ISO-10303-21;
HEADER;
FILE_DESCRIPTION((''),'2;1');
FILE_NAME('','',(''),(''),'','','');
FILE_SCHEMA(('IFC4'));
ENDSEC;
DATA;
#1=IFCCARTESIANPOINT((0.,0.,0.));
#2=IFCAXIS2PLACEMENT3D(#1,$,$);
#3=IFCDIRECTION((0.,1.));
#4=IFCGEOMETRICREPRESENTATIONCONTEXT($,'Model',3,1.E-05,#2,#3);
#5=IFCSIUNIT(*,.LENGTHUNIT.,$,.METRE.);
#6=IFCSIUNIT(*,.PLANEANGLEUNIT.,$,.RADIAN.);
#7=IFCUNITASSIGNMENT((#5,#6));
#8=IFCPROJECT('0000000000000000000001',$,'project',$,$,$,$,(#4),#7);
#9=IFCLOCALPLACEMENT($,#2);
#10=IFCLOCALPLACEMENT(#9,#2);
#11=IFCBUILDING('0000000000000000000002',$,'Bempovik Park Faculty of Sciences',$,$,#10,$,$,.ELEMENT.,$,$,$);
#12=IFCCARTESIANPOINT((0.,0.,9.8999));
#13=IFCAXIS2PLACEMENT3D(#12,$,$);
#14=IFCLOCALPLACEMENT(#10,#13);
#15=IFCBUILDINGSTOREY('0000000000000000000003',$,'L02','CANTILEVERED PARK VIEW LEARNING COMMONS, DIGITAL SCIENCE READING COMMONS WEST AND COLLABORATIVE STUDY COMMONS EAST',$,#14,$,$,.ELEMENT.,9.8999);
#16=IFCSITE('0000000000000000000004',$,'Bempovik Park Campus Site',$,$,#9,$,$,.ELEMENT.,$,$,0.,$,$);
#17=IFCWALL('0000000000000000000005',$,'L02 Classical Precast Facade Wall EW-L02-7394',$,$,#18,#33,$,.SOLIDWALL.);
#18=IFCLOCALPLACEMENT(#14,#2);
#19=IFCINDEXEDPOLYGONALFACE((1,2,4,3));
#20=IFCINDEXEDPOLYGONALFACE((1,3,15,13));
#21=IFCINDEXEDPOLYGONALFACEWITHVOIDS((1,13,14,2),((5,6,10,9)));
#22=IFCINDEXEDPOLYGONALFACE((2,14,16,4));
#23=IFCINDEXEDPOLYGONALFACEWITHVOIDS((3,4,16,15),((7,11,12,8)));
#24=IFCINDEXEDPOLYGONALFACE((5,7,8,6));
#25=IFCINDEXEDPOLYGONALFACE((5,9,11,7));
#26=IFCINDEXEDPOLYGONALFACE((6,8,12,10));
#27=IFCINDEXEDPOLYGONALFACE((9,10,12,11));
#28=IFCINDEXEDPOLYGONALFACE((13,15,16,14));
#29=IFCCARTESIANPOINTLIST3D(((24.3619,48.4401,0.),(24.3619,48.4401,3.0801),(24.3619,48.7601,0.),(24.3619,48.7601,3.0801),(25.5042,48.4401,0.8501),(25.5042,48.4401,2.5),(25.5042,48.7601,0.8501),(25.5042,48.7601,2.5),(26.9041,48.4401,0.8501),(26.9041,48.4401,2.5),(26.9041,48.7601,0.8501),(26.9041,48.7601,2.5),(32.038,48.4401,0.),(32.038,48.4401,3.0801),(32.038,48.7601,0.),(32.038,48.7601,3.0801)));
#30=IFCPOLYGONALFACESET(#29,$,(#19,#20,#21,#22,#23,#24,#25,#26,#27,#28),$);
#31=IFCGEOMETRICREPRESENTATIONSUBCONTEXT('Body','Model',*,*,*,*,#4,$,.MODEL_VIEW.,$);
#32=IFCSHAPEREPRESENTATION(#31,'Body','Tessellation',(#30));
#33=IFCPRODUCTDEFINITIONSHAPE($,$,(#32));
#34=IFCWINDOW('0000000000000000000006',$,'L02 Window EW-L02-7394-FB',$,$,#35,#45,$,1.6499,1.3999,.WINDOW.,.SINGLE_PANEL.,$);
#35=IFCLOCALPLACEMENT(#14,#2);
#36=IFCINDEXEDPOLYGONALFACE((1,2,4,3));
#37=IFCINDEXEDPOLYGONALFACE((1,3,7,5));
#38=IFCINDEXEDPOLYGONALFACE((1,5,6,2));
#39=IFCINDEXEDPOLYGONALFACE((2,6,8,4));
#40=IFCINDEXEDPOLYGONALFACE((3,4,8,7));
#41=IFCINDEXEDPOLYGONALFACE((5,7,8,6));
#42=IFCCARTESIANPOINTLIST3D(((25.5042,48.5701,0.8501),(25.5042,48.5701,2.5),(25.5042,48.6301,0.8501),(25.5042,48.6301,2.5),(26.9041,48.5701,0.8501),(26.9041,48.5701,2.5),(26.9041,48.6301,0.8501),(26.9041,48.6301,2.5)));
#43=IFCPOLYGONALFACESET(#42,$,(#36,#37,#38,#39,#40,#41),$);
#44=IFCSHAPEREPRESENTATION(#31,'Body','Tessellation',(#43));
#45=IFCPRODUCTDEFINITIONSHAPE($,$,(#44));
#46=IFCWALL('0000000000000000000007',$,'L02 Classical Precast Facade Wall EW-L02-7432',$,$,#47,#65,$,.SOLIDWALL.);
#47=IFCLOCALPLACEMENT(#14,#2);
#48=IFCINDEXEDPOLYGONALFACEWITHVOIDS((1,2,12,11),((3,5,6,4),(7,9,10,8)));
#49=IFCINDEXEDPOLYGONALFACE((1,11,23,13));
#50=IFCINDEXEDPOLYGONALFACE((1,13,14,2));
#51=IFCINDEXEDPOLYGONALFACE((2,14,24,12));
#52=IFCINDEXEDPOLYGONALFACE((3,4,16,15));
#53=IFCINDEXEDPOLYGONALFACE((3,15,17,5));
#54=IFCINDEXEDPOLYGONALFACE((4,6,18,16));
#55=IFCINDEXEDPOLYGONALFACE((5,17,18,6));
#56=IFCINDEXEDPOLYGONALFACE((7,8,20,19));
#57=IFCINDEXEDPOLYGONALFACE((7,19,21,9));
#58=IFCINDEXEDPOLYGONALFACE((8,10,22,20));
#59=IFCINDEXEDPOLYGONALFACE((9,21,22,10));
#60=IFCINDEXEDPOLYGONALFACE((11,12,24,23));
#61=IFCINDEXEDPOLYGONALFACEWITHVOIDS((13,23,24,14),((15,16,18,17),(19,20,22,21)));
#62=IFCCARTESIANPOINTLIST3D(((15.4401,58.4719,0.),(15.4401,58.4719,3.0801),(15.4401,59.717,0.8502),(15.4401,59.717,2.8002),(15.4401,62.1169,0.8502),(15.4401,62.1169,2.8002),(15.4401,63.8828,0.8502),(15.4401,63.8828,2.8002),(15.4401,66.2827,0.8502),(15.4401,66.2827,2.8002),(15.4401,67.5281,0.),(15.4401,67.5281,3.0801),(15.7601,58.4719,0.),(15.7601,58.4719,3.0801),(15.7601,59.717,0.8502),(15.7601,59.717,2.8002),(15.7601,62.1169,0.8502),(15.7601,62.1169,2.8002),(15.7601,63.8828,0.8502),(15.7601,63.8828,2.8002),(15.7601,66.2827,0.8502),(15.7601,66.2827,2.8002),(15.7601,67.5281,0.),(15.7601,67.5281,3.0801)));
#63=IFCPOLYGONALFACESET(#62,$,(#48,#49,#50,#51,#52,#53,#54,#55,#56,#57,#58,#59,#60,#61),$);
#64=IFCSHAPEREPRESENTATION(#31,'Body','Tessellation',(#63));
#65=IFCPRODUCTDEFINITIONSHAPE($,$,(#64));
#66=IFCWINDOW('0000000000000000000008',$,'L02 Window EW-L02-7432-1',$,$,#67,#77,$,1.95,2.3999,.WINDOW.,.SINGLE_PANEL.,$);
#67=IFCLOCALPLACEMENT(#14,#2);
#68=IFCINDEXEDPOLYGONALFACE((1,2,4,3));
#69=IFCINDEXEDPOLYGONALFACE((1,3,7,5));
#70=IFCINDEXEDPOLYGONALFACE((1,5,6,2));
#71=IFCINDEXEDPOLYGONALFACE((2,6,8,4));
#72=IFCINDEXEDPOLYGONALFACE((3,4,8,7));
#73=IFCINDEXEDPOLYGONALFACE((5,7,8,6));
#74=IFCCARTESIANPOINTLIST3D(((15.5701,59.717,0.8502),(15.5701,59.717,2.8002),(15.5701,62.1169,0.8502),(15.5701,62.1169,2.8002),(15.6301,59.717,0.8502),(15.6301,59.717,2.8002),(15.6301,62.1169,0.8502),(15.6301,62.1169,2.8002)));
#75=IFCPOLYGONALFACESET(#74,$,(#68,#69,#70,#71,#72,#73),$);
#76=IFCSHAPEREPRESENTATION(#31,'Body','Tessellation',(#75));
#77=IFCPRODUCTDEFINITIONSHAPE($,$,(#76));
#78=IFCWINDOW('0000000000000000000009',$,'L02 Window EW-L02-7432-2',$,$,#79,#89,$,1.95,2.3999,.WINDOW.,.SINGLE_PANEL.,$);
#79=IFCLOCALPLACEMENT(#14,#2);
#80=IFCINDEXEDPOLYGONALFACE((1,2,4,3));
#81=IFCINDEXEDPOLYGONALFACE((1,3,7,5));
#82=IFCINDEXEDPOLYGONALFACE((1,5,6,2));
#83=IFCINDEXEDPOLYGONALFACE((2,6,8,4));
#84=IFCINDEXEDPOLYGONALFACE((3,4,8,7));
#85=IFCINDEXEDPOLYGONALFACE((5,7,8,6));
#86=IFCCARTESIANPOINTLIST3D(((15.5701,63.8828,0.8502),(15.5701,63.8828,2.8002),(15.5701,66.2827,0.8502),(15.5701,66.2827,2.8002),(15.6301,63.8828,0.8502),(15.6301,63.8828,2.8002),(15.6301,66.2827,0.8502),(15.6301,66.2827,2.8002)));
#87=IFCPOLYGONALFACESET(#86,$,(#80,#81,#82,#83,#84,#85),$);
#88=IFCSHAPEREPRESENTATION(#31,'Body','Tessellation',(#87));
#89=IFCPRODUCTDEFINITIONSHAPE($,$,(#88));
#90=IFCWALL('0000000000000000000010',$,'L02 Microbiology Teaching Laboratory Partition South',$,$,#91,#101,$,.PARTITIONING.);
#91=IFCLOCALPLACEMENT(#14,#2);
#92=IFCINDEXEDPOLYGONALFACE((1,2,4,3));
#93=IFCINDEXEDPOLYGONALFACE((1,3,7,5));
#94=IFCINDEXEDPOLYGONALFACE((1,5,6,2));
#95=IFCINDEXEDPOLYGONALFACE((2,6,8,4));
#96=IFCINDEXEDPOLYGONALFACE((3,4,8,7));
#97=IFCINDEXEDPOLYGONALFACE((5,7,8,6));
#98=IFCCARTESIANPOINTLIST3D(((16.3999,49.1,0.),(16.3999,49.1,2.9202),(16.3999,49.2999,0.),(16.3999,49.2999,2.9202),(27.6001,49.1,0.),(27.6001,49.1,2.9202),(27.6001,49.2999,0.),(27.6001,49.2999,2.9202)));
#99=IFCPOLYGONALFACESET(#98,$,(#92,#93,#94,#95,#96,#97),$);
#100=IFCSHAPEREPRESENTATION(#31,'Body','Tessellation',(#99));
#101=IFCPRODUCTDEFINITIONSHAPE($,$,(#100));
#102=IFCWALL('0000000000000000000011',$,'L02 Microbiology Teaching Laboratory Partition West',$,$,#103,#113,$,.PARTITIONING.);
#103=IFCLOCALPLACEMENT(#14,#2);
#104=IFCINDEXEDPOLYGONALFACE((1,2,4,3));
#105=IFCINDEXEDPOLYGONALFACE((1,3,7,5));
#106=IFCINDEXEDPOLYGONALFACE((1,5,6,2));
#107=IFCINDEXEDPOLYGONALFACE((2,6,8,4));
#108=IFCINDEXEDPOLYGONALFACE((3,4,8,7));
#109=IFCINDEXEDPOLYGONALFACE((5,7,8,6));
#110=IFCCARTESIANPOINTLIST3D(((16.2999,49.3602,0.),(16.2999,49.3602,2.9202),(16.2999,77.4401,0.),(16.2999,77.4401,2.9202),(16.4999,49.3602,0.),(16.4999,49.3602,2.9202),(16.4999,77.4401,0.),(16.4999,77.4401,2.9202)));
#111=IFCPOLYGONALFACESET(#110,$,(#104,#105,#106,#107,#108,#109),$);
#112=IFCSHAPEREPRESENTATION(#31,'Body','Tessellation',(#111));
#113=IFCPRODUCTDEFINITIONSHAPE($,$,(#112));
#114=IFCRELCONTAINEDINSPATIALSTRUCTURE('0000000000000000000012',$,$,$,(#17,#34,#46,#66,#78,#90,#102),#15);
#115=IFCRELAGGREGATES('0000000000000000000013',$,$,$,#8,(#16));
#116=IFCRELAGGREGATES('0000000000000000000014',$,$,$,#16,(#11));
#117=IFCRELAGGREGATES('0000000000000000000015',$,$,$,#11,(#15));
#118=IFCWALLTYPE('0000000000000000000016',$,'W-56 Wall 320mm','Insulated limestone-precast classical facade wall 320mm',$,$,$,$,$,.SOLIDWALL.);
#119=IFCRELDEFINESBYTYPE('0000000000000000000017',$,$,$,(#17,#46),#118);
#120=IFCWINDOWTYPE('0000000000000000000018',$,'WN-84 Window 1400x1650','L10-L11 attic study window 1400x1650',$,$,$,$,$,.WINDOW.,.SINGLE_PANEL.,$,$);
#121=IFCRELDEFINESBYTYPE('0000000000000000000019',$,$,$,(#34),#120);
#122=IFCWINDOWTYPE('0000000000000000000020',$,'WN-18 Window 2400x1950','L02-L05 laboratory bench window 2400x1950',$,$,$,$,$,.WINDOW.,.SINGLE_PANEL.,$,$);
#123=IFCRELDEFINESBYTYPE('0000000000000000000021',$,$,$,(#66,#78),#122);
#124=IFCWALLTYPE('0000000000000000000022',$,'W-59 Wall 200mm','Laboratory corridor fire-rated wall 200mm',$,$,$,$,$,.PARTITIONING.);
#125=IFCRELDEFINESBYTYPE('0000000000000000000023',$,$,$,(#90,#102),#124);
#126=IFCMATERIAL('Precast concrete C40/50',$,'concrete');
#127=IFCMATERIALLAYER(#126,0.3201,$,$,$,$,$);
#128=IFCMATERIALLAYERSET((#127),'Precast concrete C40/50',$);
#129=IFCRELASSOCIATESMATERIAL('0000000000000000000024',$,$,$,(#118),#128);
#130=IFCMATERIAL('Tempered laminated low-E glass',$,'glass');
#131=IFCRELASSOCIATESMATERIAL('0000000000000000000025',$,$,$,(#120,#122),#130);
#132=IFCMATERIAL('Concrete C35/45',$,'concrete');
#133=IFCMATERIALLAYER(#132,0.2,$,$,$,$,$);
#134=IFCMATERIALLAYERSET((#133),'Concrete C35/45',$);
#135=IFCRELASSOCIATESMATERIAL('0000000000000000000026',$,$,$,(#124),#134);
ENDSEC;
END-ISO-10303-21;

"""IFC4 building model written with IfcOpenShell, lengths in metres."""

from ifc_helpers import new_model, si_unit, direction, frame, frame_2d, origin, place, context, subcontext, project, spatial, rectangle, extrude, material, layer, layer_set, type_object, element, fill, save


model = new_model("IFC4")

# Units and contexts
model_context = context("Model", 3, precision=1e-05, world=origin(), true_north=direction((0.0, 1.0)))
body_context = subcontext(model_context, "Body", "Model", "MODEL_VIEW")
ifc_project = project(units=[si_unit("LENGTHUNIT", "METRE"), si_unit("PLANEANGLEUNIT", "RADIAN")], contexts=[model_context])

# Site, building, storey
site_placement = place(None, origin())
site = spatial("IfcSite", under=ifc_project, at=site_placement, Name="Bempovik Park Campus Site", CompositionType="ELEMENT", RefElevation=0.0)
building_placement = place(site_placement, origin())
building = spatial("IfcBuilding", under=site, at=building_placement, Name="Bempovik Park Faculty of Sciences", CompositionType="ELEMENT")
storey_placement = place(building_placement, frame((0.0, 0.0, 9.8999)))
storey = spatial("IfcBuildingStorey", under=building, at=storey_placement, Name="L02", Description="CANTILEVERED PARK VIEW LEARNING COMMONS, DIGITAL SCIENCE READING COMMONS WEST AND COLLABORATIVE STUDY COMMONS EAST", CompositionType="ELEMENT", Elevation=9.8999)

# Shared definitions
ifc_material_1 = material(Name="Concrete C35/45", Category="concrete")

# Shared definitions
ifc_material_2 = material(Name="Precast concrete C40/50", Category="concrete")
ifc_layer_1 = layer(ifc_material_2, 0.3201)
ifc_layer_set_1 = layer_set([ifc_layer_1], Name="Precast concrete C40/50")
wall_type_1 = type_object("IfcWallType", Name="W-56 Wall 320mm", Description="Insulated limestone-precast classical facade wall 320mm", PredefinedType="SOLIDWALL", material=ifc_layer_set_1)
ifc_material_3 = material(Name="Tempered laminated low-E glass", Category="glass")

# Wall, opening, window
wall_1_placement = place(storey_placement, frame((24.3621, 48.6001, 0.0), z_axis=(0.0, 0.0, 1.0), x_axis=(1.0, 0.0, 0.0)))
wall_1 = element("IfcWall", 1, at=wall_1_placement, inside=storey, type_object=wall_type_1, Name="L02 Classical Precast Facade Wall EW-L02-7394", PredefinedType="SOLIDWALL", context=body_context, shape_type="SweptSolid", body=[
    extrude(rectangle(XDim=7.676, YDim=0.3201, at=frame_2d((3.8379, 0.0))), origin(), (0.0, 0.0, 1.0), 3.0801),
])
opening_1_placement = place(wall_1_placement, frame((1.1421, 0.0, 0.8501)))
opening_1 = element("IfcOpeningElement", 2, at=opening_1_placement, cuts=wall_1, PredefinedType="OPENING", context=body_context, shape_type="SweptSolid", body=[
    extrude(rectangle(XDim=1.3999, YDim=1.6499, at=frame_2d((0.7, 0.825))), frame((0.0, 0.1699, 0.0), z_axis=(0.0, -1.0, 0.0), x_axis=(1.0, 0.0, 0.0)), (0.0, 0.0, 1.0), 0.3401),
])
window_type_1 = type_object("IfcWindowType", Name="WN-84 Window 1400x1650", Description="L10-L11 attic study window 1400x1650", PartitioningType="SINGLE_PANEL", PredefinedType="WINDOW", material=ifc_material_3)
window_1_placement = place(opening_1_placement, origin())
window_1 = element("IfcWindow", 3, at=window_1_placement, inside=storey, type_object=window_type_1, Name="L02 Window EW-L02-7394-FB", OverallHeight=1.6499, OverallWidth=1.3999, PartitioningType="SINGLE_PANEL", PredefinedType="WINDOW", context=body_context, shape_type="SweptSolid", body=[
    extrude(rectangle(XDim=1.3999, YDim=1.6499, at=frame_2d((0.7, 0.825))), frame((0.0, 0.03, 0.0), z_axis=(0.0, -1.0, 0.0), x_axis=(1.0, 0.0, 0.0)), (0.0, 0.0, 1.0), 0.0601),
])
fill(opening_1, window_1)

# Wall, openings, windows
wall_2_placement = place(storey_placement, frame((15.6001, 58.4719, 0.0), z_axis=(0.0, 0.0, 1.0), x_axis=(0.0, 1.0, 0.0)))
wall_2 = element("IfcWall", 4, at=wall_2_placement, inside=storey, type_object=wall_type_1, Name="L02 Classical Precast Facade Wall EW-L02-7432", PredefinedType="SOLIDWALL", context=body_context, shape_type="SweptSolid", body=[
    extrude(rectangle(XDim=9.0562, YDim=0.3201, at=frame_2d((4.5281, 0.0))), origin(), (0.0, 0.0, 1.0), 3.0801),
])
opening_2_placement = place(wall_2_placement, frame((1.2451, 0.0, 0.8501)))
opening_2 = element("IfcOpeningElement", 5, at=opening_2_placement, cuts=wall_2, PredefinedType="OPENING", context=body_context, shape_type="SweptSolid", body=[
    extrude(rectangle(XDim=2.3999, YDim=1.95, at=frame_2d((1.2, 0.9751))), frame((0.0, 0.1699, 0.0), z_axis=(0.0, -1.0, 0.0), x_axis=(1.0, 0.0, 0.0)), (0.0, 0.0, 1.0), 0.3401),
])
opening_3_placement = place(wall_2_placement, frame((5.4109, 0.0, 0.8501)))
opening_3 = element("IfcOpeningElement", 6, at=opening_3_placement, cuts=wall_2, PredefinedType="OPENING", context=body_context, shape_type="SweptSolid", body=[
    extrude(rectangle(XDim=2.3999, YDim=1.95, at=frame_2d((1.2, 0.9751))), frame((0.0, 0.1699, 0.0), z_axis=(0.0, -1.0, 0.0), x_axis=(1.0, 0.0, 0.0)), (0.0, 0.0, 1.0), 0.3401),
])
window_type_2 = type_object("IfcWindowType", Name="WN-18 Window 2400x1950", Description="L02-L05 laboratory bench window 2400x1950", PartitioningType="SINGLE_PANEL", PredefinedType="WINDOW", material=ifc_material_3)
window_2_placement = place(opening_2_placement, origin())
window_2 = element("IfcWindow", 7, at=window_2_placement, inside=storey, type_object=window_type_2, Name="L02 Window EW-L02-7432-1", OverallHeight=1.95, OverallWidth=2.3999, PartitioningType="SINGLE_PANEL", PredefinedType="WINDOW", context=body_context, shape_type="SweptSolid", body=[
    extrude(rectangle(XDim=2.3999, YDim=1.95, at=frame_2d((1.2, 0.9751))), frame((0.0, 0.03, 0.0), z_axis=(0.0, -1.0, 0.0), x_axis=(1.0, 0.0, 0.0)), (0.0, 0.0, 1.0), 0.0601),
])
fill(opening_2, window_2)
window_3_placement = place(opening_3_placement, origin())
window_3 = element("IfcWindow", 8, at=window_3_placement, inside=storey, type_object=window_type_2, Name="L02 Window EW-L02-7432-2", OverallHeight=1.95, OverallWidth=2.3999, PartitioningType="SINGLE_PANEL", PredefinedType="WINDOW", context=body_context, shape_type="SweptSolid", body=[
    extrude(rectangle(XDim=2.3999, YDim=1.95, at=frame_2d((1.2, 0.9751))), frame((0.0, 0.03, 0.0), z_axis=(0.0, -1.0, 0.0), x_axis=(1.0, 0.0, 0.0)), (0.0, 0.0, 1.0), 0.0601),
])
fill(opening_3, window_3)

# Walls
ifc_layer_2 = layer(ifc_material_1, 0.2)
ifc_layer_set_2 = layer_set([ifc_layer_2], Name="Concrete C35/45")
wall_type_2 = type_object("IfcWallType", Name="W-59 Wall 200mm", Description="Laboratory corridor fire-rated wall 200mm", PredefinedType="PARTITIONING", material=ifc_layer_set_2)
wall_3_placement = place(storey_placement, frame((16.3999, 49.2, 0.0), z_axis=(0.0, 0.0, 1.0), x_axis=(1.0, 0.0, 0.0)))
element("IfcWall", 9, at=wall_3_placement, inside=storey, type_object=wall_type_2, Name="L02 Microbiology Teaching Laboratory Partition South", PredefinedType="PARTITIONING", context=body_context, shape_type="SweptSolid", body=[
    extrude(rectangle(XDim=11.2002, YDim=0.2, at=frame_2d((5.6001, 0.0))), origin(), (0.0, 0.0, 1.0), 2.9202),
])
wall_4_placement = place(storey_placement, frame((16.3999, 49.3601, 0.0), z_axis=(0.0, 0.0, 1.0), x_axis=(0.0, 1.0, 0.0)))
element("IfcWall", 10, at=wall_4_placement, inside=storey, type_object=wall_type_2, Name="L02 Microbiology Teaching Laboratory Partition West", PredefinedType="PARTITIONING", context=body_context, shape_type="SweptSolid", body=[
    extrude(rectangle(XDim=28.0798, YDim=0.2, at=frame_2d((14.04, 0.0))), origin(), (0.0, 0.0, 1.0), 2.9202),
])

save(model, "model.ifc")
